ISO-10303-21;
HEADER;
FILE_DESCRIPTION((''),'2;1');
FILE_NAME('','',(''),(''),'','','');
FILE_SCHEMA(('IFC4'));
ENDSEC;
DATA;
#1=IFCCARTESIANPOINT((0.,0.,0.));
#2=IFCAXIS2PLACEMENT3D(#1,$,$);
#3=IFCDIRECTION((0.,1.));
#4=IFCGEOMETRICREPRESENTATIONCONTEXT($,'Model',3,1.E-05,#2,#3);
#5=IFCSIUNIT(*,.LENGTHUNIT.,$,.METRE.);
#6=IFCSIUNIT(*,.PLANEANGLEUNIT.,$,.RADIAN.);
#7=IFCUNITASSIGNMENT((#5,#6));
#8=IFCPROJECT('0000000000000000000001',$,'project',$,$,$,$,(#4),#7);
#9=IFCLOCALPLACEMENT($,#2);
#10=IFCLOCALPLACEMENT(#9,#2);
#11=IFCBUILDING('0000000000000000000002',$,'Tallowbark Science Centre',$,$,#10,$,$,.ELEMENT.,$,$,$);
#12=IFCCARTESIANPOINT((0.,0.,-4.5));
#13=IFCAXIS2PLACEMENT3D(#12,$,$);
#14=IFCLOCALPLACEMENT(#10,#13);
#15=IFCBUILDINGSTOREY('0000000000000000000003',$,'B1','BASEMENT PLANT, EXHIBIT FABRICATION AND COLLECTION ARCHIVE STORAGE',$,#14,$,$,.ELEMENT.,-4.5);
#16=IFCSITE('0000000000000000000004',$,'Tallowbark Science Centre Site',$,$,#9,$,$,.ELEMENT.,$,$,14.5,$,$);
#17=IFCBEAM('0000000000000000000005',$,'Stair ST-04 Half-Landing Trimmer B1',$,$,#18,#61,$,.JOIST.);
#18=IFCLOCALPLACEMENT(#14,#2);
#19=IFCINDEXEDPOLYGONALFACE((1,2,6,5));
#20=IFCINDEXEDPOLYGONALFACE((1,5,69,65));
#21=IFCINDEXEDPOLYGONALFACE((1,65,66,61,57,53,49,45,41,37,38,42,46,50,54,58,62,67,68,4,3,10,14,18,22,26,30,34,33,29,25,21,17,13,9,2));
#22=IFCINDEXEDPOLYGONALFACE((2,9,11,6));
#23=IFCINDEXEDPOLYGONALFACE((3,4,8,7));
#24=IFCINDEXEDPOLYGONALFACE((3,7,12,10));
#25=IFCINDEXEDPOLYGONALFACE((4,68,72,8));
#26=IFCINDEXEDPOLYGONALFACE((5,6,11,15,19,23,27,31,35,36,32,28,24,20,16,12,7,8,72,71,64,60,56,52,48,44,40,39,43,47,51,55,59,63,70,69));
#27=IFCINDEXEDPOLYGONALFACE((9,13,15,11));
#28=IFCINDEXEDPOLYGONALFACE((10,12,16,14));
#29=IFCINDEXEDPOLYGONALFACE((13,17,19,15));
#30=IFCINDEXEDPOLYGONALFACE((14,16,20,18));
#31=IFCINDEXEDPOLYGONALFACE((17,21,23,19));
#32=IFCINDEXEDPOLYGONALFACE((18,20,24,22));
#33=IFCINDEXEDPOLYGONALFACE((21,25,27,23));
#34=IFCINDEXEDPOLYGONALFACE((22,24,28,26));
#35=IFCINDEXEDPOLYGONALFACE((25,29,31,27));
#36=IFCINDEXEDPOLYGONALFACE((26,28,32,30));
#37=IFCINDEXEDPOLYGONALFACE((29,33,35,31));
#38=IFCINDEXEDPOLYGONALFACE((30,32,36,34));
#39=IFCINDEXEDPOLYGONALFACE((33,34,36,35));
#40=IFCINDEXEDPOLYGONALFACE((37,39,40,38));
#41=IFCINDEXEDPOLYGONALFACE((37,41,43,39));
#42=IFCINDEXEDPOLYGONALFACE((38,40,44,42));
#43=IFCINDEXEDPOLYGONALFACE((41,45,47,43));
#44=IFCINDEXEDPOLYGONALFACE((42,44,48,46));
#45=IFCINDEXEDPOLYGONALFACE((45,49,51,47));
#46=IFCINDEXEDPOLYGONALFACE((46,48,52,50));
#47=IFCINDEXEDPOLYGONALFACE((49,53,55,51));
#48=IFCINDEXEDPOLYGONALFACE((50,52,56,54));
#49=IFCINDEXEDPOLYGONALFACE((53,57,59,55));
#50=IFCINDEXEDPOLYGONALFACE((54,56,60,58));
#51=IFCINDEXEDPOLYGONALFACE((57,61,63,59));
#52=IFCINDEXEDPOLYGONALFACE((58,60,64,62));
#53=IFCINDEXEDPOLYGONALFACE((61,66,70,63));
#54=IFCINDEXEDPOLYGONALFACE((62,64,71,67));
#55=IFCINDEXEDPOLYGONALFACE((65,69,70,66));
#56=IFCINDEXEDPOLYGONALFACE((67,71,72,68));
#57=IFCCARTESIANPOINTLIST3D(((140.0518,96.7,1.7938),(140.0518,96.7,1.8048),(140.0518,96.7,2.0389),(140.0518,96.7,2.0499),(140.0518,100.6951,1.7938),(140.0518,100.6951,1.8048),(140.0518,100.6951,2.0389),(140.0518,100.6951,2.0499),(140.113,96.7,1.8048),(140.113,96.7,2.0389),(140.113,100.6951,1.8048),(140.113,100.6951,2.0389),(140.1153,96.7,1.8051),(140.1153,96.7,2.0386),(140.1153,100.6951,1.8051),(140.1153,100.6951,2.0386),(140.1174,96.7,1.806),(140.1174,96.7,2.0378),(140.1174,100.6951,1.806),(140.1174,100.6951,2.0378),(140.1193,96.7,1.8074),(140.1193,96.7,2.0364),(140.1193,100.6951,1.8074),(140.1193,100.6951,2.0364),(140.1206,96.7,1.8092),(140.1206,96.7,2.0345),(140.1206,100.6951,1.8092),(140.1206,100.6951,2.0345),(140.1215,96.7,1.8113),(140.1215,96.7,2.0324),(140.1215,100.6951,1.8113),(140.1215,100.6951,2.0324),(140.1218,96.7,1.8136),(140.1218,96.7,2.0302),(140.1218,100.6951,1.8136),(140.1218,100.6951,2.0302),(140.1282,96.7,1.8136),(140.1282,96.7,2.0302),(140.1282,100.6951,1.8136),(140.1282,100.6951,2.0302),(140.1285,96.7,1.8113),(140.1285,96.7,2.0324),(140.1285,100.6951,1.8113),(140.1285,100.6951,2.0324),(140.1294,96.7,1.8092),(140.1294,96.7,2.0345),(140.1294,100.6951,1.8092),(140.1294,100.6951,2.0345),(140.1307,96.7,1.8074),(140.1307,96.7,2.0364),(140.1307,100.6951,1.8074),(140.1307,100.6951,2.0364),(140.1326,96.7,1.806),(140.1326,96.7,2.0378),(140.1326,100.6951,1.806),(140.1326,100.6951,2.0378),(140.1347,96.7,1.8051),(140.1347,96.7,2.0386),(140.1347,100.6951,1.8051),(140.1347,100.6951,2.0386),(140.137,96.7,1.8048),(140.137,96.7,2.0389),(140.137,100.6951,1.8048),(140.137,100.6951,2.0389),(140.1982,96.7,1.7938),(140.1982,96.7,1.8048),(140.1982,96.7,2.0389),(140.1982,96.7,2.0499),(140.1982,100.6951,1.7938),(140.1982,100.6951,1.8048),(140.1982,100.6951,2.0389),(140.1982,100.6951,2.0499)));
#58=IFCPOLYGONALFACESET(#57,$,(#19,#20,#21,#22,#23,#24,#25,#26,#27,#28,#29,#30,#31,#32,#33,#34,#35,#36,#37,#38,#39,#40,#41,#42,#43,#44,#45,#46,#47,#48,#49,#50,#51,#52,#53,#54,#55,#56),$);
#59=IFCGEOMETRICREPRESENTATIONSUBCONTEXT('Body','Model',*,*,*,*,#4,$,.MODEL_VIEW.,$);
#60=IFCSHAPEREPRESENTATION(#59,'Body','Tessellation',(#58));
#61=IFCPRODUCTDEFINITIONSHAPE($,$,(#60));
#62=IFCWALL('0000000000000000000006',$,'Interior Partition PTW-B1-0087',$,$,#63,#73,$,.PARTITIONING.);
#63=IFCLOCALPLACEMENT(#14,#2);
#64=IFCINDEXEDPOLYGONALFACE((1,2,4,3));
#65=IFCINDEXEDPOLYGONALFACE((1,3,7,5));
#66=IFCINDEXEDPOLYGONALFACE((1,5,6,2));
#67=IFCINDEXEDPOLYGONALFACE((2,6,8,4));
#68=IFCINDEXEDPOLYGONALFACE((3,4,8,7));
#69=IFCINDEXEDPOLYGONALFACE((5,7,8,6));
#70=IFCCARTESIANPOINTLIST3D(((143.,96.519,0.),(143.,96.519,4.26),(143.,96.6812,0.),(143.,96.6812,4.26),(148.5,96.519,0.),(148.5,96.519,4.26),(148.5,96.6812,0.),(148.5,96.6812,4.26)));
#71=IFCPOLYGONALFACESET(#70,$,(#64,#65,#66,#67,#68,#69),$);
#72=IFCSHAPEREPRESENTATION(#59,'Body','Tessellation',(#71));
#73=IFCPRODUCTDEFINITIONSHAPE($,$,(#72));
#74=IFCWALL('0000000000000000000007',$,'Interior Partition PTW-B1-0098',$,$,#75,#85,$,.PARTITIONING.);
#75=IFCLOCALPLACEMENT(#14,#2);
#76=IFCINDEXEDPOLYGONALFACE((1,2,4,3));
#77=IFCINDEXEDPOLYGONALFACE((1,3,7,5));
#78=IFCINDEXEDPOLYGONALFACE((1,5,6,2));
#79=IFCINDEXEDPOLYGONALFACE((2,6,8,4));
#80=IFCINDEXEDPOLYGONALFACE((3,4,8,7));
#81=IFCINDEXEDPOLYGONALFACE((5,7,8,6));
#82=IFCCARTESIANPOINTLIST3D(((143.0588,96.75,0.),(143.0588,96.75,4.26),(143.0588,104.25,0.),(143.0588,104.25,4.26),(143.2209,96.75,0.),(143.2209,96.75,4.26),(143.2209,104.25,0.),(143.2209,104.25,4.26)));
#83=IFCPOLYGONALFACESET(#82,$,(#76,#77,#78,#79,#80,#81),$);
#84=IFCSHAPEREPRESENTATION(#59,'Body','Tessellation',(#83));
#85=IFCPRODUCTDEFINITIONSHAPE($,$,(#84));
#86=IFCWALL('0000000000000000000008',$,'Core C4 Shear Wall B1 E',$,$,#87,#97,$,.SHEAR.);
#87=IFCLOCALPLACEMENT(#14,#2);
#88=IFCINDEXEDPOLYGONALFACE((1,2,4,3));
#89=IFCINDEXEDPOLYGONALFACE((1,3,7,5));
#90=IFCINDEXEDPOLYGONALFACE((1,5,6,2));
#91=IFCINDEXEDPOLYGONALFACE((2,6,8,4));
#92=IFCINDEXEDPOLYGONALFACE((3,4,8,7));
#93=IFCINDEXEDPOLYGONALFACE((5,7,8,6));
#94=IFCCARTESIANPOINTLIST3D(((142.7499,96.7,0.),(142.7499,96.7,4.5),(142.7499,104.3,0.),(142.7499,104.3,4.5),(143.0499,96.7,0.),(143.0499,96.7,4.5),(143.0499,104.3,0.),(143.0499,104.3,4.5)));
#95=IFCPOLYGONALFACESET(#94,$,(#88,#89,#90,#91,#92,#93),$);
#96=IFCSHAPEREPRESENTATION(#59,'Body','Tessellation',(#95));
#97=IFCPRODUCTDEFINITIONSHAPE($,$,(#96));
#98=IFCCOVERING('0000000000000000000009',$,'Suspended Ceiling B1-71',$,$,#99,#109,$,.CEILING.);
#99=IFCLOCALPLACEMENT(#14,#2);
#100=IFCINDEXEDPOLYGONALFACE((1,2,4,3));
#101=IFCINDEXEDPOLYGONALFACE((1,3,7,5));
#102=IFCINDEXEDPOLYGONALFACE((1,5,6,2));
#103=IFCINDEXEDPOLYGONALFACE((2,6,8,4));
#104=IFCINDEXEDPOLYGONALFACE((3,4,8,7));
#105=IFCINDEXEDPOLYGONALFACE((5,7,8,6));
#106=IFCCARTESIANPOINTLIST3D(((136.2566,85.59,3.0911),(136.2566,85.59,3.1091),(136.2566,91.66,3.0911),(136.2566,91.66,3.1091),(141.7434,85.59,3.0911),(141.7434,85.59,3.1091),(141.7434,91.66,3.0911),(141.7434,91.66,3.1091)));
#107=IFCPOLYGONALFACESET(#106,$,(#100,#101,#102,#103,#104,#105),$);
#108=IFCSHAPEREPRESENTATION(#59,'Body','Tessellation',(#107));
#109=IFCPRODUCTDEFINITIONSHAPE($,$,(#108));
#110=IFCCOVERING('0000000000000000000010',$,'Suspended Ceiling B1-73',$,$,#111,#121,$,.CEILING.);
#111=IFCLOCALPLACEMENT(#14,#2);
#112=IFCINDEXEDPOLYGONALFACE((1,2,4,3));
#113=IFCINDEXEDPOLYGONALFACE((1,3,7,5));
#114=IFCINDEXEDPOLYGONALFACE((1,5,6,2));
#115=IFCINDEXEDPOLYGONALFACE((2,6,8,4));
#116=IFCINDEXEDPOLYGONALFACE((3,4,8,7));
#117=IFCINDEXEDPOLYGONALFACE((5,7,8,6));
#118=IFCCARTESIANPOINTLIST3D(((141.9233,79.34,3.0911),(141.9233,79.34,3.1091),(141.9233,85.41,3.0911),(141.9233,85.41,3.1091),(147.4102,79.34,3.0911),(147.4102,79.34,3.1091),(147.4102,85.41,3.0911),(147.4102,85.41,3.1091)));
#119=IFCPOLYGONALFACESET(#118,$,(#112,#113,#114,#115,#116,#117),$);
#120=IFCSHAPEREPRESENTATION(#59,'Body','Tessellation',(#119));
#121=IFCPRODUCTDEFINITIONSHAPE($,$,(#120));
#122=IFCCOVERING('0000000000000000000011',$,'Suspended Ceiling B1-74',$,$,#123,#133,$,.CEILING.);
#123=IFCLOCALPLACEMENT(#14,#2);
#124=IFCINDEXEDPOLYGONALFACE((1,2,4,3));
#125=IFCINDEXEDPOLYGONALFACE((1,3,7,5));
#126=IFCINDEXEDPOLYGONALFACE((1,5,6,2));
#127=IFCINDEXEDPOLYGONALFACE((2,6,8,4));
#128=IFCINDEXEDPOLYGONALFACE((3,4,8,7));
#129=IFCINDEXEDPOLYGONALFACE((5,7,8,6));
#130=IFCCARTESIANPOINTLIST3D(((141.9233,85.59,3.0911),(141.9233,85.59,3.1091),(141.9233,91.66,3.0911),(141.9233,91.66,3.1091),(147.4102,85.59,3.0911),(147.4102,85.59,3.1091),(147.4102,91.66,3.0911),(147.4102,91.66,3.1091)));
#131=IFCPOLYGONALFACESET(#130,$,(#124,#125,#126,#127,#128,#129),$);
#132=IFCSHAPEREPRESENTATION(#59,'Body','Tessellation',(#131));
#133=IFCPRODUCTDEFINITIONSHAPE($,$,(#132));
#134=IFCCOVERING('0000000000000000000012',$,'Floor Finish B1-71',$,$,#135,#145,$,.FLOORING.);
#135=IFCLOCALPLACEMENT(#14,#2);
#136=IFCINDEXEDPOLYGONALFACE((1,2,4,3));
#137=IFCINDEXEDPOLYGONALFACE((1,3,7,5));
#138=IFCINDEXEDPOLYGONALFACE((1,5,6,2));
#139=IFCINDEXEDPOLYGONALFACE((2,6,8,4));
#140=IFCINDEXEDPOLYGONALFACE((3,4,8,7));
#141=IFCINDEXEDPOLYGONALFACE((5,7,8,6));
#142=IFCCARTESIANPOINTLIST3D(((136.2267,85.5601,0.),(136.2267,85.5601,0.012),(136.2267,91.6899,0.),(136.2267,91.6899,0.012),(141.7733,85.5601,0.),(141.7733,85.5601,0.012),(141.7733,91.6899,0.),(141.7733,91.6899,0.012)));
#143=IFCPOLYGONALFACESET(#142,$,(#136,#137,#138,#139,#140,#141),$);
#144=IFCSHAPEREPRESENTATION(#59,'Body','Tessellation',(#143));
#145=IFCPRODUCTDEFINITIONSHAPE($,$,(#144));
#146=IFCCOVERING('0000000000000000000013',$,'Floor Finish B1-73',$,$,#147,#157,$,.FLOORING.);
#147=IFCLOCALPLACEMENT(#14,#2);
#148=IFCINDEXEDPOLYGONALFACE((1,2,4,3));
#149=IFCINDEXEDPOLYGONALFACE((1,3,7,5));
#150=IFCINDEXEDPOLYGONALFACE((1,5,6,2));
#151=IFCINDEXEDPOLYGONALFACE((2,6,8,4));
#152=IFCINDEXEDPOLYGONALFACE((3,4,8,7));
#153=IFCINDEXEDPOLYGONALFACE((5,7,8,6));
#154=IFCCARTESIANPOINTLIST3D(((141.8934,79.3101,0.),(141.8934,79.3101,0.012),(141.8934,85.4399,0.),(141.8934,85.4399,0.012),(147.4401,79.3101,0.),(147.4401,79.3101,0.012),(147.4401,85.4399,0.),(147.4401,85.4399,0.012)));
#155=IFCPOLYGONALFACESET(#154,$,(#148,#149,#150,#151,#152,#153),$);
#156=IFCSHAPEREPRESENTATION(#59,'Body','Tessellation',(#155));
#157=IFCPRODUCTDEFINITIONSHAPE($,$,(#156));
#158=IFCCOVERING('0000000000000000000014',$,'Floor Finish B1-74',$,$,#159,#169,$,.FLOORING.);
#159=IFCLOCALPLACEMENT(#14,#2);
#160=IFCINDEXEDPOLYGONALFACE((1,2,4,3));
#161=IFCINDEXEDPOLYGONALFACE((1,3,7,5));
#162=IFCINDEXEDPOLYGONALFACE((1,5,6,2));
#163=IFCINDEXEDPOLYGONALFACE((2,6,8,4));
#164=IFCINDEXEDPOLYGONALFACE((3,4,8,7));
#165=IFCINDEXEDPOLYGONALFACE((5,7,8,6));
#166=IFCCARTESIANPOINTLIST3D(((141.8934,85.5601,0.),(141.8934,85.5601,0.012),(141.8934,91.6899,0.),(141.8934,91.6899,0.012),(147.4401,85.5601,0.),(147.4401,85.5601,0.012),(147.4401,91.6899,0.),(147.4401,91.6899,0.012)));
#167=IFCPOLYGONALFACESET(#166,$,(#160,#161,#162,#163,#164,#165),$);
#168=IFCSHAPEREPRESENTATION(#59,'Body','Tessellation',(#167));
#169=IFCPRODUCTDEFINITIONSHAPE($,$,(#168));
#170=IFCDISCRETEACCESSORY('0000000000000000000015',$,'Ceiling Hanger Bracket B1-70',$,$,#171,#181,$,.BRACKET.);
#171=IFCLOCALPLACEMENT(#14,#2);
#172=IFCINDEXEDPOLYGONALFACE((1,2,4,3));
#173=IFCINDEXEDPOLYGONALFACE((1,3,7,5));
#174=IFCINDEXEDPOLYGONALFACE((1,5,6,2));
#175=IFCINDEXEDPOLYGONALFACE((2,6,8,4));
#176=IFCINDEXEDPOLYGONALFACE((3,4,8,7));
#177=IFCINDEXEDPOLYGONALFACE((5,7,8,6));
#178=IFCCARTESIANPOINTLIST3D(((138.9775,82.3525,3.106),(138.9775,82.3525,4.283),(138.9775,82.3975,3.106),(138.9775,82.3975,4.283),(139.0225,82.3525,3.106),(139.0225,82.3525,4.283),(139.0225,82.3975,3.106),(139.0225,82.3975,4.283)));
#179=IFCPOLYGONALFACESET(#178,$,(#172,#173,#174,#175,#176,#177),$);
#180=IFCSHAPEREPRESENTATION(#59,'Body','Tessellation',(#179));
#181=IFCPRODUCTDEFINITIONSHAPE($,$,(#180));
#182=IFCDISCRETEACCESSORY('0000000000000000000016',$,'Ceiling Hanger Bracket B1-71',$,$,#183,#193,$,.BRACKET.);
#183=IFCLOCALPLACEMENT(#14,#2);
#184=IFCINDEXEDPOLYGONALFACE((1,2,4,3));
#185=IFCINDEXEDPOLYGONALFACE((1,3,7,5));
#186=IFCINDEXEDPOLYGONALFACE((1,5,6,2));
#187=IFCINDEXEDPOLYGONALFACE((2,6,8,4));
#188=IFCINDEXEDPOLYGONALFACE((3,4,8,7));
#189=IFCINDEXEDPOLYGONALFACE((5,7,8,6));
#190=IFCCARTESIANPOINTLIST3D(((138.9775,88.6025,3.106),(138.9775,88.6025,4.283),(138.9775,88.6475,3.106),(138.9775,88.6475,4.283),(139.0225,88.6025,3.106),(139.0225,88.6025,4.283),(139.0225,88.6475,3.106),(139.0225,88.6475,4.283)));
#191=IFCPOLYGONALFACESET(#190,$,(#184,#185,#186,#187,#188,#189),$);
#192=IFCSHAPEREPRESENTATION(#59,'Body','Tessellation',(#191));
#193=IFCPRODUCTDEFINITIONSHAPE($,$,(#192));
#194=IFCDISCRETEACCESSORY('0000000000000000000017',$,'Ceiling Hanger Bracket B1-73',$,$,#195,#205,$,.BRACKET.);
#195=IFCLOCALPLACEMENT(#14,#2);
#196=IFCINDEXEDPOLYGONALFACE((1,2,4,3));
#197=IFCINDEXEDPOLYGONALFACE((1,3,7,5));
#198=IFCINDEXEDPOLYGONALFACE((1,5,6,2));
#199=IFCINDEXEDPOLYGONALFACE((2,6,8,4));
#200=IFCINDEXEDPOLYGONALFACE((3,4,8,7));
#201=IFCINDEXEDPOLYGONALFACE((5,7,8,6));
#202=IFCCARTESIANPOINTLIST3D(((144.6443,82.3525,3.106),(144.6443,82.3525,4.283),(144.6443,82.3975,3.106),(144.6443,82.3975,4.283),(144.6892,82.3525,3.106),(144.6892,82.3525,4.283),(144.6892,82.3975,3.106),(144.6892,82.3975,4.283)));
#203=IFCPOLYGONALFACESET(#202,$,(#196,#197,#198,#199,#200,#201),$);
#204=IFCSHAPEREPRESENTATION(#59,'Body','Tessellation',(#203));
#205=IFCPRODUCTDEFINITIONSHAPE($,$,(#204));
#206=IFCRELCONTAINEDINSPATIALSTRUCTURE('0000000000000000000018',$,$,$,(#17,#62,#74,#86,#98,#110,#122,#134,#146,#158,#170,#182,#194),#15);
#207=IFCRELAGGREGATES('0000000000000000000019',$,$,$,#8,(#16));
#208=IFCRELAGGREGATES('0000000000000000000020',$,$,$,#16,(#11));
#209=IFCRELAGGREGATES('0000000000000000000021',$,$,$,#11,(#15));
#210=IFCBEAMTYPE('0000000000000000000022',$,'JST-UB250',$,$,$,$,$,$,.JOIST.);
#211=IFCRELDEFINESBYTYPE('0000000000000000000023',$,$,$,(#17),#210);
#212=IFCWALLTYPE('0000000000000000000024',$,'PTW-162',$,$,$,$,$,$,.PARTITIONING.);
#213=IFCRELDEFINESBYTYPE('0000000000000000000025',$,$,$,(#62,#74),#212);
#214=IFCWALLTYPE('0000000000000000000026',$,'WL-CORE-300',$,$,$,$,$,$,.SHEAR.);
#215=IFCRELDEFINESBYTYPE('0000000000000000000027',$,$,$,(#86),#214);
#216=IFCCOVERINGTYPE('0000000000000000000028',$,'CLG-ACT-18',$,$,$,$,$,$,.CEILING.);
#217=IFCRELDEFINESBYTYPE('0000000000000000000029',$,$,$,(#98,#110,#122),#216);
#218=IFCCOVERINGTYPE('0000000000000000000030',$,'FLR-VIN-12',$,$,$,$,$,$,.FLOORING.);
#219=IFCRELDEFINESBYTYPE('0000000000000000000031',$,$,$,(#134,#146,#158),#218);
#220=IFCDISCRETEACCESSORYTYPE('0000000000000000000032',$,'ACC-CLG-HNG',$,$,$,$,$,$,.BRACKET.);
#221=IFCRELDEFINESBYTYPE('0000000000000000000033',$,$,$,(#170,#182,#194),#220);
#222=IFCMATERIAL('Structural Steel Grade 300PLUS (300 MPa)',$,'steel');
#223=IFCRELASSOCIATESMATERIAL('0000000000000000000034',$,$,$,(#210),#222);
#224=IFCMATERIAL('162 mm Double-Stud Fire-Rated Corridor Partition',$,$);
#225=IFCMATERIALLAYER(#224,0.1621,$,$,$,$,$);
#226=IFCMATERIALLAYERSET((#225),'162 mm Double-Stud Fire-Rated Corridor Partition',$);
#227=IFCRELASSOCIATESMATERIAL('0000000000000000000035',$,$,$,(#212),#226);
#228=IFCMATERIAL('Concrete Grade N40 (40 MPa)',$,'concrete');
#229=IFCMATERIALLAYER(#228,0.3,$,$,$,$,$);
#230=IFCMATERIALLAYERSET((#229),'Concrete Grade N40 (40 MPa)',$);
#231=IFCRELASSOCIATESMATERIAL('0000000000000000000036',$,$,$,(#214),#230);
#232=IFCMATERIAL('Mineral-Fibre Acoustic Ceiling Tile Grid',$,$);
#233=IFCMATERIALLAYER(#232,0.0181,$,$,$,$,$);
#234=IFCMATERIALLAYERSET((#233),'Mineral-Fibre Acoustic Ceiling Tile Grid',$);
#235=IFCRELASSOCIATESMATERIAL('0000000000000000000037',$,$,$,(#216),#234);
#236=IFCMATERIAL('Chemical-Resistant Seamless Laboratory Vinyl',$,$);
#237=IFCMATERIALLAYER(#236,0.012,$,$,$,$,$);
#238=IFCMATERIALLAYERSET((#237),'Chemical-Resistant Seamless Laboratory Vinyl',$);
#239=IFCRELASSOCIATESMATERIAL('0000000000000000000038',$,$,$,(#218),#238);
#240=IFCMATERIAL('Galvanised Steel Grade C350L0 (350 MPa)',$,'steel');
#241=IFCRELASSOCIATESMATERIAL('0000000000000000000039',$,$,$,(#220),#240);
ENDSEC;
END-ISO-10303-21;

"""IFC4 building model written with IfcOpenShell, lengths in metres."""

from ifc_helpers import new_model, si_unit, direction, frame, frame_2d, origin, origin_2d, place, context, subcontext, project, spatial, rectangle, i_section, extrude, material, layer, layer_set, material_profile, profile_set, type_object, element, save


model = new_model("IFC4")

# Units and contexts
model_context = context("Model", 3, precision=1e-05, world=origin(), true_north=direction((0.0, 1.0)))
body_context = subcontext(model_context, "Body", "Model", "MODEL_VIEW")
ifc_project = project(units=[si_unit("LENGTHUNIT", "METRE"), si_unit("PLANEANGLEUNIT", "RADIAN")], contexts=[model_context])

# Site, building, storey
site_placement = place(None, origin())
site = spatial("IfcSite", under=ifc_project, at=site_placement, Name="Tallowbark Science Centre Site", CompositionType="ELEMENT", RefElevation=14.5)
building_placement = place(site_placement, origin())
building = spatial("IfcBuilding", under=site, at=building_placement, Name="Tallowbark Science Centre", CompositionType="ELEMENT")
storey_placement = place(building_placement, frame((0.0, 0.0, -4.5)))
storey = spatial("IfcBuildingStorey", under=building, at=storey_placement, Name="B1", Description="BASEMENT PLANT, EXHIBIT FABRICATION AND COLLECTION ARCHIVE STORAGE", CompositionType="ELEMENT", Elevation=-4.5)

# Shared definitions
ifc_material_1 = material(Name="Concrete Grade N40 (40 MPa)", Category="concrete")

# Shared definitions
ifc_material_2 = material(Name="Structural Steel Grade 300PLUS (300 MPa)", Category="steel")

# Beam
ifc_material_profile_1 = material_profile(ifc_material_2, i_section(OverallWidth=0.1465, OverallDepth=0.2561, WebThickness=0.0063, FlangeThickness=0.011, FilletRadius=0.0088, at=origin_2d()), Name="250UB37.3")
ifc_profile_set_1 = profile_set([ifc_material_profile_1], Name="Structural Steel Grade 300PLUS (300 MPa)")
beam_type_1 = type_object("IfcBeamType", Name="JST-UB250", PredefinedType="JOIST", material=ifc_profile_set_1)
beam_placement = place(storey_placement, frame((140.125, 96.7, 1.9219), z_axis=(0.0, 1.0, 0.0), x_axis=(-1.0, 0.0, 0.0)))
element("IfcBeam", 1, at=beam_placement, inside=storey, type_object=beam_type_1, Name="Stair ST-04 Half-Landing Trimmer B1", PredefinedType="JOIST", context=body_context, shape_type="SweptSolid", body=[
    extrude(i_section(OverallWidth=0.1465, OverallDepth=0.2561, WebThickness=0.0063, FlangeThickness=0.011, FilletRadius=0.0088, at=origin_2d()), origin(), (0.0, 0.0, 1.0), 3.9951),
])

# Walls
ifc_material_3 = material(Name="162 mm Double-Stud Fire-Rated Corridor Partition")
ifc_layer_1 = layer(ifc_material_3, 0.1621)
ifc_layer_set_1 = layer_set([ifc_layer_1], Name="162 mm Double-Stud Fire-Rated Corridor Partition")
wall_type_1 = type_object("IfcWallType", Name="PTW-162", PredefinedType="PARTITIONING", material=ifc_layer_set_1)
wall_1_placement = place(storey_placement, frame((143.0, 96.6001, 0.0), z_axis=(0.0, 0.0, 1.0), x_axis=(1.0, 0.0, 0.0)))
element("IfcWall", 2, at=wall_1_placement, inside=storey, type_object=wall_type_1, Name="Interior Partition PTW-B1-0087", PredefinedType="PARTITIONING", context=body_context, shape_type="SweptSolid", body=[
    extrude(rectangle(XDim=5.5, YDim=0.1621, at=frame_2d((2.75, 0.0))), origin(), (0.0, 0.0, 1.0), 4.26),
])
wall_2_placement = place(storey_placement, frame((143.1399, 96.75, 0.0), z_axis=(0.0, 0.0, 1.0), x_axis=(0.0, 1.0, 0.0)))
element("IfcWall", 3, at=wall_2_placement, inside=storey, type_object=wall_type_1, Name="Interior Partition PTW-B1-0098", PredefinedType="PARTITIONING", context=body_context, shape_type="SweptSolid", body=[
    extrude(rectangle(XDim=7.5, YDim=0.1621, at=frame_2d((3.75, 0.0))), origin(), (0.0, 0.0, 1.0), 4.26),
])
ifc_layer_2 = layer(ifc_material_1, 0.3)
ifc_layer_set_2 = layer_set([ifc_layer_2], Name="Concrete Grade N40 (40 MPa)")
wall_type_2 = type_object("IfcWallType", Name="WL-CORE-300", PredefinedType="SHEAR", material=ifc_layer_set_2)
wall_3_placement = place(storey_placement, frame((142.8999, 96.7, 0.0), z_axis=(0.0, 0.0, 1.0), x_axis=(0.0, 1.0, 0.0)))
element("IfcWall", 4, at=wall_3_placement, inside=storey, type_object=wall_type_2, Name="Core C4 Shear Wall B1 E", PredefinedType="SHEAR", context=body_context, shape_type="SweptSolid", body=[
    extrude(rectangle(XDim=7.6001, YDim=0.3, at=frame_2d((3.8, 0.0))), origin(), (0.0, 0.0, 1.0), 4.5),
])

# Coverings
ifc_material_4 = material(Name="Mineral-Fibre Acoustic Ceiling Tile Grid")
ifc_layer_3 = layer(ifc_material_4, 0.0181)
ifc_layer_set_3 = layer_set([ifc_layer_3], Name="Mineral-Fibre Acoustic Ceiling Tile Grid")
covering_type_1 = type_object("IfcCoveringType", Name="CLG-ACT-18", PredefinedType="CEILING", material=ifc_layer_set_3)
for number, where, z_axis, x_axis, name in (
    (5, (139.0, 88.625, 3.0911), (0.0, 0.0, 1.0), (1.0, 0.0, 0.0), "Suspended Ceiling B1-71"),
    (6, (144.6667, 82.375, 3.0911), (0.0, 0.0, 1.0), (1.0, 0.0, 0.0), "Suspended Ceiling B1-73"),
    (7, (144.6667, 88.625, 3.0911), (0.0, 0.0, 1.0), (1.0, 0.0, 0.0), "Suspended Ceiling B1-74"),
):
    element("IfcCovering", number, at=place(storey_placement, frame(where, z_axis=z_axis, x_axis=x_axis)), inside=storey, type_object=covering_type_1, Name=name, PredefinedType="CEILING", context=body_context, shape_type="SweptSolid", body=[
        extrude(rectangle(XDim=5.4868, YDim=6.0701, at=origin_2d()), origin(), (0.0, 0.0, 1.0), 0.0181),
    ])
ifc_material_5 = material(Name="Chemical-Resistant Seamless Laboratory Vinyl")
ifc_layer_4 = layer(ifc_material_5, 0.012)
ifc_layer_set_4 = layer_set([ifc_layer_4], Name="Chemical-Resistant Seamless Laboratory Vinyl")
covering_type_2 = type_object("IfcCoveringType", Name="FLR-VIN-12", PredefinedType="FLOORING", material=ifc_layer_set_4)
for number, where, z_axis, x_axis, name in (
    (8, (139.0, 88.625, 0.0), (0.0, 0.0, 1.0), (1.0, 0.0, 0.0), "Floor Finish B1-71"),
    (9, (144.6667, 82.375, 0.0), (0.0, 0.0, 1.0), (1.0, 0.0, 0.0), "Floor Finish B1-73"),
    (10, (144.6667, 88.625, 0.0), (0.0, 0.0, 1.0), (1.0, 0.0, 0.0), "Floor Finish B1-74"),
):
    element("IfcCovering", number, at=place(storey_placement, frame(where, z_axis=z_axis, x_axis=x_axis)), inside=storey, type_object=covering_type_2, Name=name, PredefinedType="FLOORING", context=body_context, shape_type="SweptSolid", body=[
        extrude(rectangle(XDim=5.5466, YDim=6.1299, at=origin_2d()), origin(), (0.0, 0.0, 1.0), 0.012),
    ])

# Discrete accessories
ifc_material_6 = material(Name="Galvanised Steel Grade C350L0 (350 MPa)", Category="steel")
discrete_accessory_type = type_object("IfcDiscreteAccessoryType", Name="ACC-CLG-HNG", PredefinedType="BRACKET", material=ifc_material_6)
for number, where, z_axis, x_axis, name in (
    (11, (139.0, 82.375, 3.106), (0.0, 0.0, 1.0), (1.0, 0.0, 0.0), "Ceiling Hanger Bracket B1-70"),
    (12, (139.0, 88.625, 3.106), (0.0, 0.0, 1.0), (1.0, 0.0, 0.0), "Ceiling Hanger Bracket B1-71"),
    (13, (144.6667, 82.375, 3.106), (0.0, 0.0, 1.0), (1.0, 0.0, 0.0), "Ceiling Hanger Bracket B1-73"),
):
    element("IfcDiscreteAccessory", number, at=place(storey_placement, frame(where, z_axis=z_axis, x_axis=x_axis)), inside=storey, type_object=discrete_accessory_type, Name=name, PredefinedType="BRACKET", context=body_context, shape_type="SweptSolid", body=[
        extrude(rectangle(XDim=0.0449, YDim=0.0449, at=origin_2d()), origin(), (0.0, 0.0, 1.0), 1.177),
    ])

save(model, "model.ifc")
